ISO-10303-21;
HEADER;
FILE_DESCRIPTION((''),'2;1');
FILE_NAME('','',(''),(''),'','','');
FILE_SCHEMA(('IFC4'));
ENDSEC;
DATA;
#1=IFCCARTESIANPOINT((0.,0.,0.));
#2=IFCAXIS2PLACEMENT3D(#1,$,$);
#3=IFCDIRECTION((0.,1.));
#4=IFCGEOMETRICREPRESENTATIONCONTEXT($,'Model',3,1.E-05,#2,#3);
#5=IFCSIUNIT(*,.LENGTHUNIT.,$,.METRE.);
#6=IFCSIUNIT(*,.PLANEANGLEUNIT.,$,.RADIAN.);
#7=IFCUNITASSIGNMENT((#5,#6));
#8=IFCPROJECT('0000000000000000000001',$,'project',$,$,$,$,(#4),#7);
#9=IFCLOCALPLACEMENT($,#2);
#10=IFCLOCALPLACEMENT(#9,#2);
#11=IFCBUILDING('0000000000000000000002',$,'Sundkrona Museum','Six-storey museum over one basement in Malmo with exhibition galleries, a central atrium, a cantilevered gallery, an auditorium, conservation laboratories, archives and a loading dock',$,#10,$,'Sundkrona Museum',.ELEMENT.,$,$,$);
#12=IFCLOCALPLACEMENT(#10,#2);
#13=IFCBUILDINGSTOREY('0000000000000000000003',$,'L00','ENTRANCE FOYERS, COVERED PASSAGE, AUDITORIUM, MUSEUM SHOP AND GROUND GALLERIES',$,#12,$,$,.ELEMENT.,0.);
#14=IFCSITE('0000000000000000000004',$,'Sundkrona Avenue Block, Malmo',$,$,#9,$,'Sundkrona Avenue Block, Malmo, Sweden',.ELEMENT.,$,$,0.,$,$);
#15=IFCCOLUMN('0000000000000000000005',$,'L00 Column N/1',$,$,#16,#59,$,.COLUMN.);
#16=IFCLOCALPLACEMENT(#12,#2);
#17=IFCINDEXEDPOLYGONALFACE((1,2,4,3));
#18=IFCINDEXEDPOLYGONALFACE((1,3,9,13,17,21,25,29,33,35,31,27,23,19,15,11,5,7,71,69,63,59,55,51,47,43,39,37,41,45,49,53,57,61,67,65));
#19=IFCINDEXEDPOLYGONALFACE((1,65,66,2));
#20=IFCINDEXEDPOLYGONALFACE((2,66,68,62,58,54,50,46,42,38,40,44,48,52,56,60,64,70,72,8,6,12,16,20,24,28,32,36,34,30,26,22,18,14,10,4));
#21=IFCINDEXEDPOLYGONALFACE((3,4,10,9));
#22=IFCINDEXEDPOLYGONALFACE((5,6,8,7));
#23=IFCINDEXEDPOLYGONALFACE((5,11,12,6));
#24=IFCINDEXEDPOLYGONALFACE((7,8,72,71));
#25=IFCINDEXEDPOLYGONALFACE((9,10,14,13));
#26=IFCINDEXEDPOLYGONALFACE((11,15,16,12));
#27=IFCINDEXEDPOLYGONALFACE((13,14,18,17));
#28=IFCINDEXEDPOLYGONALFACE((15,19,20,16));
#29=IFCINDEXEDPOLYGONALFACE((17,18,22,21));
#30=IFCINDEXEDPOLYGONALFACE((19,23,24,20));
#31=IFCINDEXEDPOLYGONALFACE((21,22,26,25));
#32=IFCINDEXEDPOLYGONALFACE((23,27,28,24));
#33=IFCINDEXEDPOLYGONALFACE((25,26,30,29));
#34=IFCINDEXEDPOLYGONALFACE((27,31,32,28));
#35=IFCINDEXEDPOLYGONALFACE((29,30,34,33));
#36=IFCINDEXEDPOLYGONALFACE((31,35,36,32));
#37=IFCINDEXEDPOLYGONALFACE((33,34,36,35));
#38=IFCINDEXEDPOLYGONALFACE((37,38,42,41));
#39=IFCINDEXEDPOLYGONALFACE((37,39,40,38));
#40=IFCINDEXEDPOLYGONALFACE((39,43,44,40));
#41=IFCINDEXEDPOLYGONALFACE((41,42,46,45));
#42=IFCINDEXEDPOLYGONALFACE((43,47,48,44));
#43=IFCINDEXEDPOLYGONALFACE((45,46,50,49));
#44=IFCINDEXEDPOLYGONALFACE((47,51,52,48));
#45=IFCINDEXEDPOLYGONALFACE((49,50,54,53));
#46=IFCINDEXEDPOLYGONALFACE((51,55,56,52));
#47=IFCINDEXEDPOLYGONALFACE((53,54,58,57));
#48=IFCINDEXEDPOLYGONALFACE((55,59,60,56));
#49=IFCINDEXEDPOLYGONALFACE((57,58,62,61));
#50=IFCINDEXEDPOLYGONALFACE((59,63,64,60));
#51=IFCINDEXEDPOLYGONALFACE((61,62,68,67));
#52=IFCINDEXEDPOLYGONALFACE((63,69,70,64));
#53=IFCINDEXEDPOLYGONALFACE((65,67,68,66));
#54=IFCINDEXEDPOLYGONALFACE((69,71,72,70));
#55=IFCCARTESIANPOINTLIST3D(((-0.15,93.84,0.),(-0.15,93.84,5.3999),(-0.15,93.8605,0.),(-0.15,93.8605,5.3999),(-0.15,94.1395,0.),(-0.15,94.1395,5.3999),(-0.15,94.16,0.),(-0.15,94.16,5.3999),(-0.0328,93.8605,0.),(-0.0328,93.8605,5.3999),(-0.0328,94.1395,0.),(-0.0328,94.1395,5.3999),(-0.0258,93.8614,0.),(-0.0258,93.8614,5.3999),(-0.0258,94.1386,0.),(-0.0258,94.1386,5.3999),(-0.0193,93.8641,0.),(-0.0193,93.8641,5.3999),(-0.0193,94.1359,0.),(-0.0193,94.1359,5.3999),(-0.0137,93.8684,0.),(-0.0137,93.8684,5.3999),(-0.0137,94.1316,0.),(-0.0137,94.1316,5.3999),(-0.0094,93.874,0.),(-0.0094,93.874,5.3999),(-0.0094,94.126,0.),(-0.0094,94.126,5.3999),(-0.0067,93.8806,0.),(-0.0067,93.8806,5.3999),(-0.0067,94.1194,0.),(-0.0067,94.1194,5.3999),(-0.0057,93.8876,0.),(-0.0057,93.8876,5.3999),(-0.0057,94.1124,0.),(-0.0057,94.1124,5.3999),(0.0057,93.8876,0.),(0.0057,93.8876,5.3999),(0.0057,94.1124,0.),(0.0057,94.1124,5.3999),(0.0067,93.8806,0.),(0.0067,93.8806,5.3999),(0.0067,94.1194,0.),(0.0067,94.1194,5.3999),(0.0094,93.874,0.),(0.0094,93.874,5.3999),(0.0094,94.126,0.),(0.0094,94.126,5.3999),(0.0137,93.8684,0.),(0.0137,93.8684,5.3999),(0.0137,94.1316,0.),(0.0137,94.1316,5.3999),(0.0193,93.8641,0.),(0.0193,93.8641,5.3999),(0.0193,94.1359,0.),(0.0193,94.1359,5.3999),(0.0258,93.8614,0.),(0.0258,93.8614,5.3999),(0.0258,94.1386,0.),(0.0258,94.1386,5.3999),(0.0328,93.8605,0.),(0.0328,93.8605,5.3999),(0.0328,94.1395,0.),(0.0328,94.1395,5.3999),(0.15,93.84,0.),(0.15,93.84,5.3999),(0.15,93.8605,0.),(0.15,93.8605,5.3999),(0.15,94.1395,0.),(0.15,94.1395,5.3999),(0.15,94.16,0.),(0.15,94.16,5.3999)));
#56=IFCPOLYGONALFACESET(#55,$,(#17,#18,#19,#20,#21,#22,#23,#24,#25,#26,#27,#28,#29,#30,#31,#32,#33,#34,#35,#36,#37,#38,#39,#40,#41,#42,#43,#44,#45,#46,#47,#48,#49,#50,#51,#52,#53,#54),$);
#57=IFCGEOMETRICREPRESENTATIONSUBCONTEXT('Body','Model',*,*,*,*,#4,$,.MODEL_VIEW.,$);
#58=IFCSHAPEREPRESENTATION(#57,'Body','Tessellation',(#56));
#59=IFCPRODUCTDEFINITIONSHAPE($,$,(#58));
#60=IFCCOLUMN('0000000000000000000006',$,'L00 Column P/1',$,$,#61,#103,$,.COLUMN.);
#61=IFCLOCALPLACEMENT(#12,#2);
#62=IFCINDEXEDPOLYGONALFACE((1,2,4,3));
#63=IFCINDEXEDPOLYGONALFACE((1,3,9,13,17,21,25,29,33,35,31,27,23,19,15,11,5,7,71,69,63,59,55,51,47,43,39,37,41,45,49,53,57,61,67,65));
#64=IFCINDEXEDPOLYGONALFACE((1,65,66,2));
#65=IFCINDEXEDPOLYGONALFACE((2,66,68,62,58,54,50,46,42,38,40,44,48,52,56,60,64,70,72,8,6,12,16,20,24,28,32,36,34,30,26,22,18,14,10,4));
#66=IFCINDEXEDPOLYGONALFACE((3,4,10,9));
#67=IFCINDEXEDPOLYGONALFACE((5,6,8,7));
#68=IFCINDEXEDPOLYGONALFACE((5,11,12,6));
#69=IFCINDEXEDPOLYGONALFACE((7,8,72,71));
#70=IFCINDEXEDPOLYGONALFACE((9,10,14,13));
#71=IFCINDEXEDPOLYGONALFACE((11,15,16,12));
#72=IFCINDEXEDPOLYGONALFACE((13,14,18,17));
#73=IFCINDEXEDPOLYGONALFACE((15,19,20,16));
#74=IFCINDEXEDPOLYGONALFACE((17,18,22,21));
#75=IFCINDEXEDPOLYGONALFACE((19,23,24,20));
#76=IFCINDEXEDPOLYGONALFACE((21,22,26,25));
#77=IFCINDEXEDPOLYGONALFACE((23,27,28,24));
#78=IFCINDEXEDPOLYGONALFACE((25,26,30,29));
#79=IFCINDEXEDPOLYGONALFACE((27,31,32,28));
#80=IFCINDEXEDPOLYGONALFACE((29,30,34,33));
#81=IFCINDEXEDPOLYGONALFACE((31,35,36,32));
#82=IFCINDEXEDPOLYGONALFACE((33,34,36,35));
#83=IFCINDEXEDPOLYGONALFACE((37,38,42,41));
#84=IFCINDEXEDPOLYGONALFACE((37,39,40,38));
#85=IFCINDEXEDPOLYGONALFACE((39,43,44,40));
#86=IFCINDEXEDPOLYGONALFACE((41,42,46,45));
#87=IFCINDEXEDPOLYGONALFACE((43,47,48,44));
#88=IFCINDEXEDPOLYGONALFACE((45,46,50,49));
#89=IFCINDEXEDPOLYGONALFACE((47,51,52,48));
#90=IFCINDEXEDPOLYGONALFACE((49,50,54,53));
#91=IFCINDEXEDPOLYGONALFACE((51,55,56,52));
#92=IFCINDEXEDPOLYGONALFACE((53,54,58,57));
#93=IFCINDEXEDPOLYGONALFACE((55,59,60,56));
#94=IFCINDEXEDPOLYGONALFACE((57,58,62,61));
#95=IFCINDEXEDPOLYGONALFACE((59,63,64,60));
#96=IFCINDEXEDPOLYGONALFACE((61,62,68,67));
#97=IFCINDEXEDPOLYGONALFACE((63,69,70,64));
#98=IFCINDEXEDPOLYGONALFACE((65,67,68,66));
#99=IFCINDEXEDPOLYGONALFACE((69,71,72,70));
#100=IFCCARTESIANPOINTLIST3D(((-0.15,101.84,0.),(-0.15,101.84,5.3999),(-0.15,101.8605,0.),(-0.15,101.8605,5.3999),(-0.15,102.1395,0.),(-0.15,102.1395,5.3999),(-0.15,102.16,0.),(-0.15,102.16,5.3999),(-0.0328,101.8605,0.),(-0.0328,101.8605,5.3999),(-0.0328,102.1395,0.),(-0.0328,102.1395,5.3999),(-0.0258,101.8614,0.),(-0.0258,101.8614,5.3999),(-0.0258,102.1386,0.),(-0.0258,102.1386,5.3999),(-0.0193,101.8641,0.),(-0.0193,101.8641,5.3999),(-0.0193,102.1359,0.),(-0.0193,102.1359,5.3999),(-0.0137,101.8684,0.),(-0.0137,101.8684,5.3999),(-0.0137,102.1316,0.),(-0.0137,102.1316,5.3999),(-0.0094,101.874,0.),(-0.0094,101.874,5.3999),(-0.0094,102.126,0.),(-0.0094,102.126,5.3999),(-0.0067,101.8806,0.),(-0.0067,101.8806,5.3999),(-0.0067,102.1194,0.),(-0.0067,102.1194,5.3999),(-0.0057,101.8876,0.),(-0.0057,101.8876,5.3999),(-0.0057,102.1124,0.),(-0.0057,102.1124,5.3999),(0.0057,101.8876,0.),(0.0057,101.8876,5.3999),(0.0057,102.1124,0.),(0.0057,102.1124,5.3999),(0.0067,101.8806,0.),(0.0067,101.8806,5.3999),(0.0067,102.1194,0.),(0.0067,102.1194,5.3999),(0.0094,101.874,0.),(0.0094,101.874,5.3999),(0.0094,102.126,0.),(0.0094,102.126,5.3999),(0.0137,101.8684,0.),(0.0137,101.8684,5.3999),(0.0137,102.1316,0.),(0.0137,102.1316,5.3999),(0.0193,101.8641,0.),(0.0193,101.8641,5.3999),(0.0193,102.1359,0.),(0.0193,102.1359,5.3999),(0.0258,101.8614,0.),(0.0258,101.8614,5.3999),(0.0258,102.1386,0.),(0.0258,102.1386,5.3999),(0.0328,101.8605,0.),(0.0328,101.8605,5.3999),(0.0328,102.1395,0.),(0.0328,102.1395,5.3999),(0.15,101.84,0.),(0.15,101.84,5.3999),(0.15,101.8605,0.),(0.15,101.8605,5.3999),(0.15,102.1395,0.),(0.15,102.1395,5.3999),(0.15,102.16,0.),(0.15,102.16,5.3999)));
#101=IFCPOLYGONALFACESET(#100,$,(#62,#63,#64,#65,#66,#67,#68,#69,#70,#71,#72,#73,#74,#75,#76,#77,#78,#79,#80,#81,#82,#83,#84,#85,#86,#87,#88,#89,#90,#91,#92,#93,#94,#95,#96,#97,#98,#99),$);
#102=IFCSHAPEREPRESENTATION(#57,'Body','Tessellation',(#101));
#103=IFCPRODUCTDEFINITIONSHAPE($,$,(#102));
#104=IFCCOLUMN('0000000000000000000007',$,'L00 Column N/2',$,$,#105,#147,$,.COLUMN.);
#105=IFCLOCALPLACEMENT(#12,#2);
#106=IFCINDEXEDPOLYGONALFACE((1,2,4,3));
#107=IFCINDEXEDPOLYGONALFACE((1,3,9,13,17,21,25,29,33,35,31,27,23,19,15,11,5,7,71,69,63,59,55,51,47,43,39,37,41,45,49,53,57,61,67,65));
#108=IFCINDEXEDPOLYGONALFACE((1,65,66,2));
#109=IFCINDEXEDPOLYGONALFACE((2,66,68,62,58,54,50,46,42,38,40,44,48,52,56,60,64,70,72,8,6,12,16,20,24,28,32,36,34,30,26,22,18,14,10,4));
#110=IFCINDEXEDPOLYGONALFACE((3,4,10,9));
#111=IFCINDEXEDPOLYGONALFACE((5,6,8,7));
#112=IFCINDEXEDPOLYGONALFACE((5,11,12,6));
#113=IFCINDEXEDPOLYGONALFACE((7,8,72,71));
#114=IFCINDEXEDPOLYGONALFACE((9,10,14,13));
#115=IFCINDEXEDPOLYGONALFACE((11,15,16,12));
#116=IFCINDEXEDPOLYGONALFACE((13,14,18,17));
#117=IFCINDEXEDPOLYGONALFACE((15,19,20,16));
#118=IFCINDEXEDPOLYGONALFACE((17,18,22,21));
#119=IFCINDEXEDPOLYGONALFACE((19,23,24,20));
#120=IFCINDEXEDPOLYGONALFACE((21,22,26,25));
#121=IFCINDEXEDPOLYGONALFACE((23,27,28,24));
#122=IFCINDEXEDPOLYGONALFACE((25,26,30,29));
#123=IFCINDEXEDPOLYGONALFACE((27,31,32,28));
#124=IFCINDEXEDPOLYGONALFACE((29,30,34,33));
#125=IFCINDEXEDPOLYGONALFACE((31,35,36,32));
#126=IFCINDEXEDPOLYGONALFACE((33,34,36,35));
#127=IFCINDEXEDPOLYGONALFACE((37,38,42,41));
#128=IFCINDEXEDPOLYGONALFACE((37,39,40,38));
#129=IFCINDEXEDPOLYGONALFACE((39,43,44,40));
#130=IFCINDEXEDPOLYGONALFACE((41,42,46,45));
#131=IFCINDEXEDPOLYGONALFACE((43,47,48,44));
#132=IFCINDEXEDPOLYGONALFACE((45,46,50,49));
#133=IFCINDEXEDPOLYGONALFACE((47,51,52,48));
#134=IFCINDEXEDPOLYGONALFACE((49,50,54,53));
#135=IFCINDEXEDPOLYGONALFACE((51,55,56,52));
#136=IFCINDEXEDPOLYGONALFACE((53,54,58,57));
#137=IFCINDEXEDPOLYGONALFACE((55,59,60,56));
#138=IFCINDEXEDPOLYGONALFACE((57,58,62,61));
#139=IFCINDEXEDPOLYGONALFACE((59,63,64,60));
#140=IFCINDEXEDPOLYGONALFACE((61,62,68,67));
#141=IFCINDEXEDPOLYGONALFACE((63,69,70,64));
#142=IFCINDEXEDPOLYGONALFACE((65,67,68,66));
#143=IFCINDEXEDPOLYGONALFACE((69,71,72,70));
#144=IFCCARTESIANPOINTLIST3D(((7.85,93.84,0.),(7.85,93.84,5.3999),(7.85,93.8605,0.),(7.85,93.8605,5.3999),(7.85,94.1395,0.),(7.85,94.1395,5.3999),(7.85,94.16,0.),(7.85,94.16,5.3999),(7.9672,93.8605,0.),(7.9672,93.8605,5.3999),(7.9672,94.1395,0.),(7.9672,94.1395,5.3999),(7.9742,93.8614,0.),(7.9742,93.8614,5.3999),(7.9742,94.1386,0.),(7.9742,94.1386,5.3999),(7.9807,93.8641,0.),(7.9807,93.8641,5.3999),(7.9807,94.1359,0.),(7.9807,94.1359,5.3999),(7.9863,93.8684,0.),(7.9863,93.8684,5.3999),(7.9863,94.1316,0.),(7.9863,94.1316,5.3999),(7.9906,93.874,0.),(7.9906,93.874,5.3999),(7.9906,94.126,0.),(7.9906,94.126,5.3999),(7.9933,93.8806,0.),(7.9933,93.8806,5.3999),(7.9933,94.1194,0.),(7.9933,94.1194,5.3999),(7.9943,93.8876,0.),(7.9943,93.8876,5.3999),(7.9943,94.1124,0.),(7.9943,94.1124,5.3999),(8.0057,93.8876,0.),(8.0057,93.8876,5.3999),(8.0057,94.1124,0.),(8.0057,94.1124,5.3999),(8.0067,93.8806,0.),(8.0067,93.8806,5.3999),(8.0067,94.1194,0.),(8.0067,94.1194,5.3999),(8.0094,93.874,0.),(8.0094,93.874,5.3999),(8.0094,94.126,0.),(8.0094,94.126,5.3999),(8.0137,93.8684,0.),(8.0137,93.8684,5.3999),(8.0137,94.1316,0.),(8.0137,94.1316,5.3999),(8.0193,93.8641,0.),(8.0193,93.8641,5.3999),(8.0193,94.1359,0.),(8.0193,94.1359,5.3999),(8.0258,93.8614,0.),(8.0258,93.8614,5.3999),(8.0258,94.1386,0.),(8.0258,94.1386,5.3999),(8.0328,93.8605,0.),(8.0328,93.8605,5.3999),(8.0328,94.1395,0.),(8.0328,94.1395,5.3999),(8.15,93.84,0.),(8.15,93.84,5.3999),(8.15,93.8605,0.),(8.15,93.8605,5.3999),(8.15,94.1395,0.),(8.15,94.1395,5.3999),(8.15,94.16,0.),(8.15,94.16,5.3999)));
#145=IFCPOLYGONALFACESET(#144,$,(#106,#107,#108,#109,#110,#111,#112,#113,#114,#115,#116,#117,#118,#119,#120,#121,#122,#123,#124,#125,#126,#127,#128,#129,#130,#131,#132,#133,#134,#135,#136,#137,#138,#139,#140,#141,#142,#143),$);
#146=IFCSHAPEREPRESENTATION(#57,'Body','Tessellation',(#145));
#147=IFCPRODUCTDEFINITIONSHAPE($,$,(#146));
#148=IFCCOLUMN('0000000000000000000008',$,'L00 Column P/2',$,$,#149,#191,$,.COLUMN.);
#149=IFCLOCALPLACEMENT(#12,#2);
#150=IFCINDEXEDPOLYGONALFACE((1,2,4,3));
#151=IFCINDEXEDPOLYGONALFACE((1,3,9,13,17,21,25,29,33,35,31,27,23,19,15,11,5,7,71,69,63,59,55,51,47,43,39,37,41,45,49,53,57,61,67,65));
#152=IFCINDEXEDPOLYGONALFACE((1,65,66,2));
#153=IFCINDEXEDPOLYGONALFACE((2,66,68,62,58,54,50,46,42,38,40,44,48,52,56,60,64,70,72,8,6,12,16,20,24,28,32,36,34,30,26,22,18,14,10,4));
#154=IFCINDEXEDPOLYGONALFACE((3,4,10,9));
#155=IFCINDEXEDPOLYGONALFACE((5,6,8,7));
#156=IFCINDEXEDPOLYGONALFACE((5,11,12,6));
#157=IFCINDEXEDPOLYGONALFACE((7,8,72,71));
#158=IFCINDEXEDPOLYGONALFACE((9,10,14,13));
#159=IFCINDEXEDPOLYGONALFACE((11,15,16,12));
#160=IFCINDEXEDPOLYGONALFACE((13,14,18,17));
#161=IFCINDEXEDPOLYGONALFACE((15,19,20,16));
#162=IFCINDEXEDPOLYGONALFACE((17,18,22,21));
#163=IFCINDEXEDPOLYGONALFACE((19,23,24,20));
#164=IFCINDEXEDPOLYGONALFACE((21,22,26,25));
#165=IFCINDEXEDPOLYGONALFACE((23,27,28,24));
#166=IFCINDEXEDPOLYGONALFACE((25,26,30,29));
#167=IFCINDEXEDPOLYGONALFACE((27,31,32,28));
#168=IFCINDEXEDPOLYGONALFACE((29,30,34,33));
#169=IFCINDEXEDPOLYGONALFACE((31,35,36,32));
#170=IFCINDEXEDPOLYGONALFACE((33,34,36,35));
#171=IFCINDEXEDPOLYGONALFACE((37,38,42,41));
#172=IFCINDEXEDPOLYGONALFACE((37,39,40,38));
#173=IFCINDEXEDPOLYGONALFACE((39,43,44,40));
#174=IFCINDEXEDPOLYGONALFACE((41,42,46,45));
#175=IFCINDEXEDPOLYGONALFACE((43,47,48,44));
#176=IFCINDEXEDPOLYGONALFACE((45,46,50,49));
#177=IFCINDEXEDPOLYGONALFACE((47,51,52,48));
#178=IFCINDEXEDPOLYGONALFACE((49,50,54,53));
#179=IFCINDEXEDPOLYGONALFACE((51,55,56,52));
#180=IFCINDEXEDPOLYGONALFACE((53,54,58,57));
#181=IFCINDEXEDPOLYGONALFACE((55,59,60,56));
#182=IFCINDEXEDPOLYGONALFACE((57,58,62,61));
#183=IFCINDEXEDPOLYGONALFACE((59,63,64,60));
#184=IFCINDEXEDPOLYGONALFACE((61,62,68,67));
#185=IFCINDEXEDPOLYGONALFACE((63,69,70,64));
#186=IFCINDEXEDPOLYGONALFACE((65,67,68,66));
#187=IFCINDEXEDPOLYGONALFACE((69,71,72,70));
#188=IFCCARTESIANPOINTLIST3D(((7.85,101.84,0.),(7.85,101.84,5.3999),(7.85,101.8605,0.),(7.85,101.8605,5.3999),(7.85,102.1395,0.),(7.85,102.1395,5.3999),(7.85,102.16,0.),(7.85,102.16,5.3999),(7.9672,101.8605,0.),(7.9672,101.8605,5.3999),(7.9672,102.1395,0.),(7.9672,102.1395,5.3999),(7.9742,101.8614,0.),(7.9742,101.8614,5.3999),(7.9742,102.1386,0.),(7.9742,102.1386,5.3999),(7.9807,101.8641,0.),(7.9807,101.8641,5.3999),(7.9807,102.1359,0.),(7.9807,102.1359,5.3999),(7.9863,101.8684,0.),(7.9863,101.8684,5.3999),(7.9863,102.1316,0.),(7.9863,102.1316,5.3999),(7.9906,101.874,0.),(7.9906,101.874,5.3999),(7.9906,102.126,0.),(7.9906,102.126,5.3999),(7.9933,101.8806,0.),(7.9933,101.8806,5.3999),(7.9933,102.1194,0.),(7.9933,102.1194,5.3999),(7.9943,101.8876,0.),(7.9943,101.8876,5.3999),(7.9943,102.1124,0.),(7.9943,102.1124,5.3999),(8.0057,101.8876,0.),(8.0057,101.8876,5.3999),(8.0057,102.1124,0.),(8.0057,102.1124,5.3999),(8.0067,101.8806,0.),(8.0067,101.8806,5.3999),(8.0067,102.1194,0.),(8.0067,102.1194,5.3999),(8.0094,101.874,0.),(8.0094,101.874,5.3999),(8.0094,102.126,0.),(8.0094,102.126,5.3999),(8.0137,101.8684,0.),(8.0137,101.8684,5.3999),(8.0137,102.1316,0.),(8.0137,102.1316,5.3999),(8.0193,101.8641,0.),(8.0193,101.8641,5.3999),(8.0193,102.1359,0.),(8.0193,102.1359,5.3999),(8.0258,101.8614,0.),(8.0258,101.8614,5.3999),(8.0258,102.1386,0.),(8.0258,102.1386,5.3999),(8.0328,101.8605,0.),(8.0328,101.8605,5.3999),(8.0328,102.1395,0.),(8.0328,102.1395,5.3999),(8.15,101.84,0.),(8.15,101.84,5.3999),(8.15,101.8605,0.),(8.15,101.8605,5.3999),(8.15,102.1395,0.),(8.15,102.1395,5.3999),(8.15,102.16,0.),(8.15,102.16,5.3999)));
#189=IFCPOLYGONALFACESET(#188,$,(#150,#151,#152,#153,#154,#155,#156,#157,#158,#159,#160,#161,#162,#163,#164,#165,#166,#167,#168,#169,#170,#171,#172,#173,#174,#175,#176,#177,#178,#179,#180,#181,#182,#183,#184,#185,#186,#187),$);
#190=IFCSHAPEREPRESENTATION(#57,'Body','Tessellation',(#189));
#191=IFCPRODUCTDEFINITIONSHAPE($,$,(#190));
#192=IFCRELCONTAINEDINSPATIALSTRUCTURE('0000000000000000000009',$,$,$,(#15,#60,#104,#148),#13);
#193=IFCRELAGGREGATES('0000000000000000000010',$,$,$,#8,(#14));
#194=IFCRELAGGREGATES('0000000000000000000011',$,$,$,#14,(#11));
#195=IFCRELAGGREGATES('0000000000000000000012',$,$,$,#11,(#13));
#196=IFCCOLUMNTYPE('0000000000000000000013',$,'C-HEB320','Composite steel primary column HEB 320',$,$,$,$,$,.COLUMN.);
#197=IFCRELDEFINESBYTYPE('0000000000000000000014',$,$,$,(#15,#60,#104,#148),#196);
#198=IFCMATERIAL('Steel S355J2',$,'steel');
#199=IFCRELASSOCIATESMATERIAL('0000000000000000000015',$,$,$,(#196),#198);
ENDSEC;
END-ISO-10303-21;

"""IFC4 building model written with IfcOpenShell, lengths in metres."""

from ifc_helpers import new_model, si_unit, direction, frame, origin, origin_2d, place, context, subcontext, project, spatial, i_section, extrude, material, material_profile, profile_set, type_object, element, save


model = new_model("IFC4")

# Units and contexts
model_context = context("Model", 3, precision=1e-05, world=origin(), true_north=direction((0.0, 1.0)))
body_context = subcontext(model_context, "Body", "Model", "MODEL_VIEW")
ifc_project = project(units=[si_unit("LENGTHUNIT", "METRE"), si_unit("PLANEANGLEUNIT", "RADIAN")], contexts=[model_context])

# Site, building, storey
site_placement = place(None, origin())
site = spatial("IfcSite", under=ifc_project, at=site_placement, Name="Sundkrona Avenue Block, Malmo", LongName="Sundkrona Avenue Block, Malmo, Sweden", CompositionType="ELEMENT", RefElevation=0.0)
building_placement = place(site_placement, origin())
building = spatial("IfcBuilding", under=site, at=building_placement, Name="Sundkrona Museum", Description="Six-storey museum over one basement in Malmo with exhibition galleries, a central atrium, a cantilevered gallery, an auditorium, conservation laboratories, archives and a loading dock", LongName="Sundkrona Museum", CompositionType="ELEMENT")
storey_placement = place(building_placement, origin())
storey = spatial("IfcBuildingStorey", under=building, at=storey_placement, Name="L00", Description="ENTRANCE FOYERS, COVERED PASSAGE, AUDITORIUM, MUSEUM SHOP AND GROUND GALLERIES", CompositionType="ELEMENT", Elevation=0.0)

# Columns
ifc_material_1 = material(Name="Steel S355J2", Category="steel")
ifc_material_profile_1 = material_profile(ifc_material_1, i_section(OverallWidth=0.3, OverallDepth=0.3201, WebThickness=0.0115, FlangeThickness=0.0205, FilletRadius=0.0271, at=origin_2d()), Name="HEB 320")
ifc_profile_set_1 = profile_set([ifc_material_profile_1], Name="Steel S355J2")
column_type = type_object("IfcColumnType", Name="C-HEB320", Description="Composite steel primary column HEB 320", PredefinedType="COLUMN", material=ifc_profile_set_1)
for number, where, z_axis, x_axis, name in (
    (1, (0.0, 94.0, 0.0), (0.0, 0.0, 1.0), (1.0, 0.0, 0.0), "L00 Column N/1"),
    (2, (0.0, 102.0, 0.0), (0.0, 0.0, 1.0), (1.0, 0.0, 0.0), "L00 Column P/1"),
    (3, (8.0, 94.0, 0.0), (0.0, 0.0, 1.0), (1.0, 0.0, 0.0), "L00 Column N/2"),
    (4, (8.0, 102.0, 0.0), (0.0, 0.0, 1.0), (1.0, 0.0, 0.0), "L00 Column P/2"),
):
    element("IfcColumn", number, at=place(storey_placement, frame(where, z_axis=z_axis, x_axis=x_axis)), inside=storey, type_object=column_type, Name=name, PredefinedType="COLUMN", context=body_context, shape_type="SweptSolid", body=[
        extrude(i_section(OverallWidth=0.3, OverallDepth=0.3201, WebThickness=0.0115, FlangeThickness=0.0205, FilletRadius=0.0271, at=origin_2d()), origin(), (0.0, 0.0, 1.0), 5.3999),
    ])

save(model, "model.ifc")
